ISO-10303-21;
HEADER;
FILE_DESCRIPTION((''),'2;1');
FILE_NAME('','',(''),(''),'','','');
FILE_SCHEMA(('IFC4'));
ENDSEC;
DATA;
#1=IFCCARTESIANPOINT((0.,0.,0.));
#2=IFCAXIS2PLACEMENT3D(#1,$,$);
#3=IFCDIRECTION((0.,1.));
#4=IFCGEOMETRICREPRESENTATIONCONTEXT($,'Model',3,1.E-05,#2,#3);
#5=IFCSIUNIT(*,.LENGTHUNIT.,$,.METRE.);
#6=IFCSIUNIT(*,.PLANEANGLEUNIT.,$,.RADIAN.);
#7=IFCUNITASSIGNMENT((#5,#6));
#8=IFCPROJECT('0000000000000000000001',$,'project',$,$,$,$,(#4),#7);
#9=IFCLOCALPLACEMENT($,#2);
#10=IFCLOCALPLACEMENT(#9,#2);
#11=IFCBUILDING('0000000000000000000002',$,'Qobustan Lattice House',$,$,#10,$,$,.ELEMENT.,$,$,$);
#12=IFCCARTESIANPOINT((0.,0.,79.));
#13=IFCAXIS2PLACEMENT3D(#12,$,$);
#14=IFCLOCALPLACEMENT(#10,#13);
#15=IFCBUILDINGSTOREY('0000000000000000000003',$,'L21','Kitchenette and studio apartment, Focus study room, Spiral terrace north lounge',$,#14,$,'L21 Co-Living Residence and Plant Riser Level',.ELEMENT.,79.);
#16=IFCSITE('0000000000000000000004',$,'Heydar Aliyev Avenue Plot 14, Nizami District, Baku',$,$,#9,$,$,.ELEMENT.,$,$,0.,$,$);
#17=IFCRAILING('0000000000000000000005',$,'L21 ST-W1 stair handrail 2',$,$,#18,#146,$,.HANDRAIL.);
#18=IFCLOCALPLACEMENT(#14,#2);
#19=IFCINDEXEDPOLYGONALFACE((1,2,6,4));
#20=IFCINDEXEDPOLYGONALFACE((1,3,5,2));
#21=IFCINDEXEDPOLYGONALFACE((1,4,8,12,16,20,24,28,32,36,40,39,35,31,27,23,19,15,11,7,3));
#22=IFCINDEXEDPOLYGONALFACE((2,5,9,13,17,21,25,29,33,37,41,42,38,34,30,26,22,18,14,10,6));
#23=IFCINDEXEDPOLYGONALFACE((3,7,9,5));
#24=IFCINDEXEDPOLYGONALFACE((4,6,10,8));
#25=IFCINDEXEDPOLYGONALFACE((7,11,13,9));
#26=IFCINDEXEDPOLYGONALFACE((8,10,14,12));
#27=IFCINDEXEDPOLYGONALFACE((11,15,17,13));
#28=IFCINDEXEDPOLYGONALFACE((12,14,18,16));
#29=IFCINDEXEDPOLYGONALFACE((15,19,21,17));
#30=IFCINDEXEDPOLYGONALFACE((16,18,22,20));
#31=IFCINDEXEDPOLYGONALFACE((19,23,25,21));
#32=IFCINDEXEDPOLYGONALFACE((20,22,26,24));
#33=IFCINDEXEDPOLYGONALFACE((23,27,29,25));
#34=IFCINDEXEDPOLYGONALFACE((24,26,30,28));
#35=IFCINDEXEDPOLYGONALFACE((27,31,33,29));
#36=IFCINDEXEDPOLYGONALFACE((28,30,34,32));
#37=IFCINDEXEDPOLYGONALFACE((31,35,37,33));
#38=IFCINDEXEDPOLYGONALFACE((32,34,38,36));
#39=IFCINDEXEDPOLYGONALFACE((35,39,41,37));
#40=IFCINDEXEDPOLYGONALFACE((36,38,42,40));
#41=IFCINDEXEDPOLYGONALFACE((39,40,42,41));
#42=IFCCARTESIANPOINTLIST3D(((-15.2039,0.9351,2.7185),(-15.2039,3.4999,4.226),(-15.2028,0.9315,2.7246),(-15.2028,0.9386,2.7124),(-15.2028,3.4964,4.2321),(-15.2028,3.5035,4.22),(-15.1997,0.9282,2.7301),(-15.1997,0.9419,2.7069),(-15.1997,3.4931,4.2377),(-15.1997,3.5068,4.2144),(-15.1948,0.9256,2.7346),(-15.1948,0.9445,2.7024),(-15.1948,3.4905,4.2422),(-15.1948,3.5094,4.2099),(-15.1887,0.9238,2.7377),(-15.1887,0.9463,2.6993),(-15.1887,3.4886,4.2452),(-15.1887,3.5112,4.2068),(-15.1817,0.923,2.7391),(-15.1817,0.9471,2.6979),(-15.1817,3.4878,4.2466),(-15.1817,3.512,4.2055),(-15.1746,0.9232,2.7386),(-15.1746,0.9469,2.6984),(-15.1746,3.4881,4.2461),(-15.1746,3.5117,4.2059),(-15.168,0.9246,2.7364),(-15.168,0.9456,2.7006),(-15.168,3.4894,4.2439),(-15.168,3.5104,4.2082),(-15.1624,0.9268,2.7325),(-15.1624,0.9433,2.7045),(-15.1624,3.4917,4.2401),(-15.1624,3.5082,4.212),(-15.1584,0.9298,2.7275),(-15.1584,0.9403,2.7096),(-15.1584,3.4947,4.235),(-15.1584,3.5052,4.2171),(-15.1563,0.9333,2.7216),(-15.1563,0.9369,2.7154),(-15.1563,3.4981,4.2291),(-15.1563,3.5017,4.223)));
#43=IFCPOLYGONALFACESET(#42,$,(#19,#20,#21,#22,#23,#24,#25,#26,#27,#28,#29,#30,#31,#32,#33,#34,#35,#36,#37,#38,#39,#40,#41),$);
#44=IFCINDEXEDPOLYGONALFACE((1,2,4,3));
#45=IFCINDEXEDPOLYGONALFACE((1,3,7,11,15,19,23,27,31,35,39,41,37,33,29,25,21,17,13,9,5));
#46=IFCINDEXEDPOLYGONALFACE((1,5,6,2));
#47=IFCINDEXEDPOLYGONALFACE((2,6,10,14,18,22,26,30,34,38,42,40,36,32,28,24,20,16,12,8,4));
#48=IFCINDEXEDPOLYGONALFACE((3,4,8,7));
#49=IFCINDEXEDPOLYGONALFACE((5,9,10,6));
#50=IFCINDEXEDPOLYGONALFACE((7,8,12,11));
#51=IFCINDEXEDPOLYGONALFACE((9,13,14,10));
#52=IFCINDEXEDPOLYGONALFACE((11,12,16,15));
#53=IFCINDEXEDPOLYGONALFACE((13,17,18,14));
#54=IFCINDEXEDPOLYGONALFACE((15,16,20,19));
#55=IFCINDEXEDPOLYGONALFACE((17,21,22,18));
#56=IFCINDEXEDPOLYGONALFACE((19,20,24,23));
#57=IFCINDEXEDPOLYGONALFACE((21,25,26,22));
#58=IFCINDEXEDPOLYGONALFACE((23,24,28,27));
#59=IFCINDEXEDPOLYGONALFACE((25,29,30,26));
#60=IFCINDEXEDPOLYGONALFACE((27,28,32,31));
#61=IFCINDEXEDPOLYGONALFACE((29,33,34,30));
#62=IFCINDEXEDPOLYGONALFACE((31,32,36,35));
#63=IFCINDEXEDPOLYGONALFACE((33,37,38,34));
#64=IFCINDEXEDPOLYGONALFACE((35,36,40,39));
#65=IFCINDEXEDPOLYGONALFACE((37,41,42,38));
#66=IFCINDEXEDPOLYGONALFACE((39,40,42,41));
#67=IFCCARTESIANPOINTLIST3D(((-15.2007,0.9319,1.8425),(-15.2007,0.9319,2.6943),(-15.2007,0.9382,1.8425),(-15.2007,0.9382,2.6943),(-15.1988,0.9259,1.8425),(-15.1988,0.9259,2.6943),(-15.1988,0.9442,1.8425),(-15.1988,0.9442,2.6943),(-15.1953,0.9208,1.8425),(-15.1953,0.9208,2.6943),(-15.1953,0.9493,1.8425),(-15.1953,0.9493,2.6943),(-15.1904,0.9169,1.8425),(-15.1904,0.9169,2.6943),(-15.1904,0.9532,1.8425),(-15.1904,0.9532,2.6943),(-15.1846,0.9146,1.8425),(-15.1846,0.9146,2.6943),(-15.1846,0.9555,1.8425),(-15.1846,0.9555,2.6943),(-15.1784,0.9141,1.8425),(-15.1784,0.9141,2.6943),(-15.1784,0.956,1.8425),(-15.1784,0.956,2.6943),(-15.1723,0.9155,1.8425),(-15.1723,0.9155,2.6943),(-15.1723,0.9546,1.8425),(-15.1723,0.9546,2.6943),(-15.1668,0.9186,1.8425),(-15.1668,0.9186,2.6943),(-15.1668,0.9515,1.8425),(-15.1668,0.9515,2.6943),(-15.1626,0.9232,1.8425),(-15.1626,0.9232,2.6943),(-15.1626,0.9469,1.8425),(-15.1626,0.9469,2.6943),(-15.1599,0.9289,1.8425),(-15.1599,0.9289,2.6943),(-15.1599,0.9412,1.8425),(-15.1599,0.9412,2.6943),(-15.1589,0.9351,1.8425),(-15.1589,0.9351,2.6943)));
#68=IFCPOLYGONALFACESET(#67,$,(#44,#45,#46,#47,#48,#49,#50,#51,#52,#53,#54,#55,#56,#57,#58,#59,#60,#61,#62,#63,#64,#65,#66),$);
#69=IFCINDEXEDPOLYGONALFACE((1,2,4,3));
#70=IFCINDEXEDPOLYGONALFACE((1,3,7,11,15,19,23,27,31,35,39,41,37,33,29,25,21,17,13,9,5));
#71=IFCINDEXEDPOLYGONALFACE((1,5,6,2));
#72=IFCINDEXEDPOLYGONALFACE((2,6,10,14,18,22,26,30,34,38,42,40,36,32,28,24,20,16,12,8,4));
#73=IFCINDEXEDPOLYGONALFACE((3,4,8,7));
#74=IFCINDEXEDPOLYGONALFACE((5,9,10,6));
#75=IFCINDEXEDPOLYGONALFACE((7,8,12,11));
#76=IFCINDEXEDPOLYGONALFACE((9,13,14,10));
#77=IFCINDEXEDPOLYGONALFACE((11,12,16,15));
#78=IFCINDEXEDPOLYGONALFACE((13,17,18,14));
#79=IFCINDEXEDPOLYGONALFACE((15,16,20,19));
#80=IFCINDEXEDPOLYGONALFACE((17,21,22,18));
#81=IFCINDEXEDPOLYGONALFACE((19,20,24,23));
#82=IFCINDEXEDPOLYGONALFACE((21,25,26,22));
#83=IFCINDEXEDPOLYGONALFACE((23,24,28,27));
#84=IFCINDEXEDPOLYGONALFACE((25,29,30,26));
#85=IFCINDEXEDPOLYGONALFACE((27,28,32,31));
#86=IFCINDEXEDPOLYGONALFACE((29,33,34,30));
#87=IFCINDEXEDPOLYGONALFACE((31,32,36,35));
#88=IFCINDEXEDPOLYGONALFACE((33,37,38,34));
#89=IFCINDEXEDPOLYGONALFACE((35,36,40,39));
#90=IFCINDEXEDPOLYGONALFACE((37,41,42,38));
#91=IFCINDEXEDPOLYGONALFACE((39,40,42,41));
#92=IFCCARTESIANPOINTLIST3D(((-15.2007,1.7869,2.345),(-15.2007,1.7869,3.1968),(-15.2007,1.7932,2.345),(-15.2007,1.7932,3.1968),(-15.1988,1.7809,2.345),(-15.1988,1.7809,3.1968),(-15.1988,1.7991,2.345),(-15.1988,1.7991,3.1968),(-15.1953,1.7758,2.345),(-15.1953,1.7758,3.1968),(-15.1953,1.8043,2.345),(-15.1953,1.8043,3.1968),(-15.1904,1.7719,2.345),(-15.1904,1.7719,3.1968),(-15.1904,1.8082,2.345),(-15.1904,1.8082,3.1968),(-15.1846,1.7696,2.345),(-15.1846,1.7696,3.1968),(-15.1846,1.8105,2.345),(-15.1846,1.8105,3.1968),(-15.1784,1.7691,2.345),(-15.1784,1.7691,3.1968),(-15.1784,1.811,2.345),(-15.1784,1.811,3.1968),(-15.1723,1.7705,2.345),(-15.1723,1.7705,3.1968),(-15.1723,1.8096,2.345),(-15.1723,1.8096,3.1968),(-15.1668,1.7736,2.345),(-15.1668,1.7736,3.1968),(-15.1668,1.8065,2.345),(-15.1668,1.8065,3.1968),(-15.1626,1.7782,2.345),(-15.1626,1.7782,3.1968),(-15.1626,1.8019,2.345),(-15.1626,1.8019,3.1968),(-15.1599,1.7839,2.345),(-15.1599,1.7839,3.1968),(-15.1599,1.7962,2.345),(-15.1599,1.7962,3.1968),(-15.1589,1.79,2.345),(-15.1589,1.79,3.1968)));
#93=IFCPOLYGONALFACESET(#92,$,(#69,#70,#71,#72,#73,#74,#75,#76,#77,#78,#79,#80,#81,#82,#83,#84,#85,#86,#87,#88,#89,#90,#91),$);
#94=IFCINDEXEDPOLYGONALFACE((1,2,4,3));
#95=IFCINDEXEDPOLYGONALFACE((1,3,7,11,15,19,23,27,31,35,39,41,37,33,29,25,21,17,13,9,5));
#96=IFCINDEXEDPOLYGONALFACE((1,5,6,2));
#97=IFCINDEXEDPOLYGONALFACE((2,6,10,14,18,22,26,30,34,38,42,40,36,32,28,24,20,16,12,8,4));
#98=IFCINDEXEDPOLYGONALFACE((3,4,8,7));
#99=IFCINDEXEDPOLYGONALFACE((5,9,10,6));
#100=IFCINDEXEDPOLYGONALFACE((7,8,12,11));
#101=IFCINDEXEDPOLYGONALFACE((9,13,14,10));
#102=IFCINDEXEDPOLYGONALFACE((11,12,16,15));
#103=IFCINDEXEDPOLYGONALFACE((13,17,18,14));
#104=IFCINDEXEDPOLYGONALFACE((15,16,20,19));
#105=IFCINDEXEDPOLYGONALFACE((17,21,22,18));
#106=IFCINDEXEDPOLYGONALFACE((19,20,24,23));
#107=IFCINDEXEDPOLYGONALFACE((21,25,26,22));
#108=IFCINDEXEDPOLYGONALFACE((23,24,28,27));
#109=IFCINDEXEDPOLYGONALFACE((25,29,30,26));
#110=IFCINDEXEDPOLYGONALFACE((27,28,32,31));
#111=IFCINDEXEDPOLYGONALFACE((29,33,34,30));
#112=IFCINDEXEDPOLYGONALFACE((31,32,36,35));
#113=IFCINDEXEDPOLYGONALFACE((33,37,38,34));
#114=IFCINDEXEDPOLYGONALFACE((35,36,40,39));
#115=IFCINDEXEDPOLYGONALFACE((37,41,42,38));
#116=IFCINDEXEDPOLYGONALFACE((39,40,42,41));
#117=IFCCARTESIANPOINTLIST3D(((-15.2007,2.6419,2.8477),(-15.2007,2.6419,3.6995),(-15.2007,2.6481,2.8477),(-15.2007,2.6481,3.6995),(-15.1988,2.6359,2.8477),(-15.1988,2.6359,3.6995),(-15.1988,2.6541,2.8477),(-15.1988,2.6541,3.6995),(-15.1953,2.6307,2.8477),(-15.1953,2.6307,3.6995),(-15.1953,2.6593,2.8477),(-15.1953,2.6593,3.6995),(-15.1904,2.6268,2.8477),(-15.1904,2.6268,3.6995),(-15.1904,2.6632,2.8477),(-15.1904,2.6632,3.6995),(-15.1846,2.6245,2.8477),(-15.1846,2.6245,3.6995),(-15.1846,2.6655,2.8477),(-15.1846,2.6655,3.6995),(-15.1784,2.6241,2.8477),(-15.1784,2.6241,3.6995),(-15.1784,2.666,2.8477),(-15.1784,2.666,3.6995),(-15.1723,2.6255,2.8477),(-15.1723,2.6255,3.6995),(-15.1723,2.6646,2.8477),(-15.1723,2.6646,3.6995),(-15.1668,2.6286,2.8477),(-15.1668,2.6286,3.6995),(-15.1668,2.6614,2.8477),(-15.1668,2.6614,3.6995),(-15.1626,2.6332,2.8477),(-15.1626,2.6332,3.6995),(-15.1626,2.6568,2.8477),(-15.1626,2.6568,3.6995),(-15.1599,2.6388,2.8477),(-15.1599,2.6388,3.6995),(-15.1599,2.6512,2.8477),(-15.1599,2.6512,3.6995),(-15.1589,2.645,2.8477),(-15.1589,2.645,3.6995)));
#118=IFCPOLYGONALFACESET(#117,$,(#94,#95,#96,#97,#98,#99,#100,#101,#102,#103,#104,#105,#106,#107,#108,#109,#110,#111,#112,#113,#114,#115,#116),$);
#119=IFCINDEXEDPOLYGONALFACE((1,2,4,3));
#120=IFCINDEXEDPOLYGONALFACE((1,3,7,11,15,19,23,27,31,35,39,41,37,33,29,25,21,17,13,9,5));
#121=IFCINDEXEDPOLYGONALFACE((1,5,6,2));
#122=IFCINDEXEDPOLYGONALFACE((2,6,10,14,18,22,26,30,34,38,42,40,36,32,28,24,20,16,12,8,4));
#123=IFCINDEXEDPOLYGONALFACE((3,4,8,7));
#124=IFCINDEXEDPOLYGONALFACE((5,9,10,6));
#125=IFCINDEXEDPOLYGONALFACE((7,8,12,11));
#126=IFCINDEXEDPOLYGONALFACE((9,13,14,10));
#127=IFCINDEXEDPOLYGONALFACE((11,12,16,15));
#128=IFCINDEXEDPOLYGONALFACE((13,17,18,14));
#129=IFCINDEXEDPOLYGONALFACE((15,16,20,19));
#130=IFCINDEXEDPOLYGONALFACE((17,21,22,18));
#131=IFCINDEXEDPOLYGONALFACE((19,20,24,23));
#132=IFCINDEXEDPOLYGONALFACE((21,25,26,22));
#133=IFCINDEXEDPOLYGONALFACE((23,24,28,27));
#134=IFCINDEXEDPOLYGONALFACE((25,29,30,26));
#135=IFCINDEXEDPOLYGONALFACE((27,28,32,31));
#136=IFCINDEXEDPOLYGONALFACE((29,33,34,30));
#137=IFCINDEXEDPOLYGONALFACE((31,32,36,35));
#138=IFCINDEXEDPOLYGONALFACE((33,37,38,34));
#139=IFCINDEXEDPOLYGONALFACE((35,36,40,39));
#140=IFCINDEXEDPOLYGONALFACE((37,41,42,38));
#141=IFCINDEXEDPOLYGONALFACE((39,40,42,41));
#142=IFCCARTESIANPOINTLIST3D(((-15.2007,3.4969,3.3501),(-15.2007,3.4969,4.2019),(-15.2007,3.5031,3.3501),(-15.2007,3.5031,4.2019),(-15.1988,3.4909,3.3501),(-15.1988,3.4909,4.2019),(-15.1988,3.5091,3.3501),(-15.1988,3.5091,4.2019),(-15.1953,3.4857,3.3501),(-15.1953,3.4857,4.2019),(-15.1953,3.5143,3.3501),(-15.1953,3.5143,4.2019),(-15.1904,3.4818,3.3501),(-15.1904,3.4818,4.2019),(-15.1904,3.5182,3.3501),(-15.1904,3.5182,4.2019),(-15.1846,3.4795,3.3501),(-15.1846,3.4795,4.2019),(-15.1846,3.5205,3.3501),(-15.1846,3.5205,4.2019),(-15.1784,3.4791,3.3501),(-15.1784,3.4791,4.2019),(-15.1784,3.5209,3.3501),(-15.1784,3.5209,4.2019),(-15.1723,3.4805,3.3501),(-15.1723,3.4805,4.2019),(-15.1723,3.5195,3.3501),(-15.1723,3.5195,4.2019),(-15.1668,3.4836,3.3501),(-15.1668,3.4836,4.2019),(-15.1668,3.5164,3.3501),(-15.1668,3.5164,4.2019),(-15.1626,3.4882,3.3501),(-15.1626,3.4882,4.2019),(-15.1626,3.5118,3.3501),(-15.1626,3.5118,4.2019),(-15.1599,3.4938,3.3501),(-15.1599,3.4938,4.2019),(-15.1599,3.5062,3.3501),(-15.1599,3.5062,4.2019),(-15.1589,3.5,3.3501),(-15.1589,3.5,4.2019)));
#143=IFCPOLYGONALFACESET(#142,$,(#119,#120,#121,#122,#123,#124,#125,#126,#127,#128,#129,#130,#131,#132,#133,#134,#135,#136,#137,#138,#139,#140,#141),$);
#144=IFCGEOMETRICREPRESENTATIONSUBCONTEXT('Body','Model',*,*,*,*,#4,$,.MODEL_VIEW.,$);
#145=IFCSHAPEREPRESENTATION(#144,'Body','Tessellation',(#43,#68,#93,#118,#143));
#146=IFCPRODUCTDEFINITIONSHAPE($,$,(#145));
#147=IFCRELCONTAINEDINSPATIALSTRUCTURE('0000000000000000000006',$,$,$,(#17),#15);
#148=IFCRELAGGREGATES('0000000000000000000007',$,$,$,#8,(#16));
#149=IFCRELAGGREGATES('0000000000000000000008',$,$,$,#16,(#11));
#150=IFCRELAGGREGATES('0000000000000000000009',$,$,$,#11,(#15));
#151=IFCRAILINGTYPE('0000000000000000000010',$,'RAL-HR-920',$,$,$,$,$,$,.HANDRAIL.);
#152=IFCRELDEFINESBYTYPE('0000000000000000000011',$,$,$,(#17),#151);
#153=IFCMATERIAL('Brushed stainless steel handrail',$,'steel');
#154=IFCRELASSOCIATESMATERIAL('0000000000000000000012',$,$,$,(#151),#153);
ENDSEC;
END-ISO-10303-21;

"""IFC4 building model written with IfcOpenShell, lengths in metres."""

from ifc_helpers import new_model, si_unit, direction, frame, origin, origin_2d, place, context, subcontext, project, spatial, circle, extrude, material, type_object, element, save


model = new_model("IFC4")

# Units and contexts
model_context = context("Model", 3, precision=1e-05, world=origin(), true_north=direction((0.0, 1.0)))
body_context = subcontext(model_context, "Body", "Model", "MODEL_VIEW")
ifc_project = project(units=[si_unit("LENGTHUNIT", "METRE"), si_unit("PLANEANGLEUNIT", "RADIAN")], contexts=[model_context])

# Site, building, storey
site_placement = place(None, origin())
site = spatial("IfcSite", under=ifc_project, at=site_placement, Name="Heydar Aliyev Avenue Plot 14, Nizami District, Baku", CompositionType="ELEMENT", RefElevation=0.0)
building_placement = place(site_placement, origin())
building = spatial("IfcBuilding", under=site, at=building_placement, Name="Qobustan Lattice House", CompositionType="ELEMENT")
storey_placement = place(building_placement, frame((0.0, 0.0, 79.0)))
storey = spatial("IfcBuildingStorey", under=building, at=storey_placement, Name="L21", Description="Kitchenette and studio apartment, Focus study room, Spiral terrace north lounge", LongName="L21 Co-Living Residence and Plant Riser Level", CompositionType="ELEMENT", Elevation=79.0)

# Railing
ifc_material_1 = material(Name="Brushed stainless steel handrail", Category="steel")
railing_type_1 = type_object("IfcRailingType", Name="RAL-HR-920", PredefinedType="HANDRAIL", material=ifc_material_1)
railing_1_placement = place(storey_placement, frame((-15.1799, 0.9351, 1.8425)))
element("IfcRailing", 1, at=railing_1_placement, inside=storey, type_object=railing_type_1, Name="L21 ST-W1 stair handrail 2", PredefinedType="HANDRAIL", context=body_context, shape_type="SweptSolid", body=[
    extrude(circle(Radius=0.0239, at=origin_2d()), frame((0.0, 0.0, 0.876), z_axis=(0.0, 0.862113, 0.506715), x_axis=(-1.0, 0.0, 0.0)), (0.0, 0.0, 1.0), 2.9751),
    extrude(circle(Radius=0.021, at=origin_2d()), origin(), (0.0, 0.0, 1.0), 0.8518),
    extrude(circle(Radius=0.021, at=origin_2d()), frame((0.0, 0.855, 0.5024)), (0.0, 0.0, 1.0), 0.8518),
    extrude(circle(Radius=0.021, at=origin_2d()), frame((0.0, 1.71, 1.0051)), (0.0, 0.0, 1.0), 0.8518),
    extrude(circle(Radius=0.021, at=origin_2d()), frame((0.0, 2.5649, 1.5076)), (0.0, 0.0, 1.0), 0.8518),
])

save(model, "model.ifc")
